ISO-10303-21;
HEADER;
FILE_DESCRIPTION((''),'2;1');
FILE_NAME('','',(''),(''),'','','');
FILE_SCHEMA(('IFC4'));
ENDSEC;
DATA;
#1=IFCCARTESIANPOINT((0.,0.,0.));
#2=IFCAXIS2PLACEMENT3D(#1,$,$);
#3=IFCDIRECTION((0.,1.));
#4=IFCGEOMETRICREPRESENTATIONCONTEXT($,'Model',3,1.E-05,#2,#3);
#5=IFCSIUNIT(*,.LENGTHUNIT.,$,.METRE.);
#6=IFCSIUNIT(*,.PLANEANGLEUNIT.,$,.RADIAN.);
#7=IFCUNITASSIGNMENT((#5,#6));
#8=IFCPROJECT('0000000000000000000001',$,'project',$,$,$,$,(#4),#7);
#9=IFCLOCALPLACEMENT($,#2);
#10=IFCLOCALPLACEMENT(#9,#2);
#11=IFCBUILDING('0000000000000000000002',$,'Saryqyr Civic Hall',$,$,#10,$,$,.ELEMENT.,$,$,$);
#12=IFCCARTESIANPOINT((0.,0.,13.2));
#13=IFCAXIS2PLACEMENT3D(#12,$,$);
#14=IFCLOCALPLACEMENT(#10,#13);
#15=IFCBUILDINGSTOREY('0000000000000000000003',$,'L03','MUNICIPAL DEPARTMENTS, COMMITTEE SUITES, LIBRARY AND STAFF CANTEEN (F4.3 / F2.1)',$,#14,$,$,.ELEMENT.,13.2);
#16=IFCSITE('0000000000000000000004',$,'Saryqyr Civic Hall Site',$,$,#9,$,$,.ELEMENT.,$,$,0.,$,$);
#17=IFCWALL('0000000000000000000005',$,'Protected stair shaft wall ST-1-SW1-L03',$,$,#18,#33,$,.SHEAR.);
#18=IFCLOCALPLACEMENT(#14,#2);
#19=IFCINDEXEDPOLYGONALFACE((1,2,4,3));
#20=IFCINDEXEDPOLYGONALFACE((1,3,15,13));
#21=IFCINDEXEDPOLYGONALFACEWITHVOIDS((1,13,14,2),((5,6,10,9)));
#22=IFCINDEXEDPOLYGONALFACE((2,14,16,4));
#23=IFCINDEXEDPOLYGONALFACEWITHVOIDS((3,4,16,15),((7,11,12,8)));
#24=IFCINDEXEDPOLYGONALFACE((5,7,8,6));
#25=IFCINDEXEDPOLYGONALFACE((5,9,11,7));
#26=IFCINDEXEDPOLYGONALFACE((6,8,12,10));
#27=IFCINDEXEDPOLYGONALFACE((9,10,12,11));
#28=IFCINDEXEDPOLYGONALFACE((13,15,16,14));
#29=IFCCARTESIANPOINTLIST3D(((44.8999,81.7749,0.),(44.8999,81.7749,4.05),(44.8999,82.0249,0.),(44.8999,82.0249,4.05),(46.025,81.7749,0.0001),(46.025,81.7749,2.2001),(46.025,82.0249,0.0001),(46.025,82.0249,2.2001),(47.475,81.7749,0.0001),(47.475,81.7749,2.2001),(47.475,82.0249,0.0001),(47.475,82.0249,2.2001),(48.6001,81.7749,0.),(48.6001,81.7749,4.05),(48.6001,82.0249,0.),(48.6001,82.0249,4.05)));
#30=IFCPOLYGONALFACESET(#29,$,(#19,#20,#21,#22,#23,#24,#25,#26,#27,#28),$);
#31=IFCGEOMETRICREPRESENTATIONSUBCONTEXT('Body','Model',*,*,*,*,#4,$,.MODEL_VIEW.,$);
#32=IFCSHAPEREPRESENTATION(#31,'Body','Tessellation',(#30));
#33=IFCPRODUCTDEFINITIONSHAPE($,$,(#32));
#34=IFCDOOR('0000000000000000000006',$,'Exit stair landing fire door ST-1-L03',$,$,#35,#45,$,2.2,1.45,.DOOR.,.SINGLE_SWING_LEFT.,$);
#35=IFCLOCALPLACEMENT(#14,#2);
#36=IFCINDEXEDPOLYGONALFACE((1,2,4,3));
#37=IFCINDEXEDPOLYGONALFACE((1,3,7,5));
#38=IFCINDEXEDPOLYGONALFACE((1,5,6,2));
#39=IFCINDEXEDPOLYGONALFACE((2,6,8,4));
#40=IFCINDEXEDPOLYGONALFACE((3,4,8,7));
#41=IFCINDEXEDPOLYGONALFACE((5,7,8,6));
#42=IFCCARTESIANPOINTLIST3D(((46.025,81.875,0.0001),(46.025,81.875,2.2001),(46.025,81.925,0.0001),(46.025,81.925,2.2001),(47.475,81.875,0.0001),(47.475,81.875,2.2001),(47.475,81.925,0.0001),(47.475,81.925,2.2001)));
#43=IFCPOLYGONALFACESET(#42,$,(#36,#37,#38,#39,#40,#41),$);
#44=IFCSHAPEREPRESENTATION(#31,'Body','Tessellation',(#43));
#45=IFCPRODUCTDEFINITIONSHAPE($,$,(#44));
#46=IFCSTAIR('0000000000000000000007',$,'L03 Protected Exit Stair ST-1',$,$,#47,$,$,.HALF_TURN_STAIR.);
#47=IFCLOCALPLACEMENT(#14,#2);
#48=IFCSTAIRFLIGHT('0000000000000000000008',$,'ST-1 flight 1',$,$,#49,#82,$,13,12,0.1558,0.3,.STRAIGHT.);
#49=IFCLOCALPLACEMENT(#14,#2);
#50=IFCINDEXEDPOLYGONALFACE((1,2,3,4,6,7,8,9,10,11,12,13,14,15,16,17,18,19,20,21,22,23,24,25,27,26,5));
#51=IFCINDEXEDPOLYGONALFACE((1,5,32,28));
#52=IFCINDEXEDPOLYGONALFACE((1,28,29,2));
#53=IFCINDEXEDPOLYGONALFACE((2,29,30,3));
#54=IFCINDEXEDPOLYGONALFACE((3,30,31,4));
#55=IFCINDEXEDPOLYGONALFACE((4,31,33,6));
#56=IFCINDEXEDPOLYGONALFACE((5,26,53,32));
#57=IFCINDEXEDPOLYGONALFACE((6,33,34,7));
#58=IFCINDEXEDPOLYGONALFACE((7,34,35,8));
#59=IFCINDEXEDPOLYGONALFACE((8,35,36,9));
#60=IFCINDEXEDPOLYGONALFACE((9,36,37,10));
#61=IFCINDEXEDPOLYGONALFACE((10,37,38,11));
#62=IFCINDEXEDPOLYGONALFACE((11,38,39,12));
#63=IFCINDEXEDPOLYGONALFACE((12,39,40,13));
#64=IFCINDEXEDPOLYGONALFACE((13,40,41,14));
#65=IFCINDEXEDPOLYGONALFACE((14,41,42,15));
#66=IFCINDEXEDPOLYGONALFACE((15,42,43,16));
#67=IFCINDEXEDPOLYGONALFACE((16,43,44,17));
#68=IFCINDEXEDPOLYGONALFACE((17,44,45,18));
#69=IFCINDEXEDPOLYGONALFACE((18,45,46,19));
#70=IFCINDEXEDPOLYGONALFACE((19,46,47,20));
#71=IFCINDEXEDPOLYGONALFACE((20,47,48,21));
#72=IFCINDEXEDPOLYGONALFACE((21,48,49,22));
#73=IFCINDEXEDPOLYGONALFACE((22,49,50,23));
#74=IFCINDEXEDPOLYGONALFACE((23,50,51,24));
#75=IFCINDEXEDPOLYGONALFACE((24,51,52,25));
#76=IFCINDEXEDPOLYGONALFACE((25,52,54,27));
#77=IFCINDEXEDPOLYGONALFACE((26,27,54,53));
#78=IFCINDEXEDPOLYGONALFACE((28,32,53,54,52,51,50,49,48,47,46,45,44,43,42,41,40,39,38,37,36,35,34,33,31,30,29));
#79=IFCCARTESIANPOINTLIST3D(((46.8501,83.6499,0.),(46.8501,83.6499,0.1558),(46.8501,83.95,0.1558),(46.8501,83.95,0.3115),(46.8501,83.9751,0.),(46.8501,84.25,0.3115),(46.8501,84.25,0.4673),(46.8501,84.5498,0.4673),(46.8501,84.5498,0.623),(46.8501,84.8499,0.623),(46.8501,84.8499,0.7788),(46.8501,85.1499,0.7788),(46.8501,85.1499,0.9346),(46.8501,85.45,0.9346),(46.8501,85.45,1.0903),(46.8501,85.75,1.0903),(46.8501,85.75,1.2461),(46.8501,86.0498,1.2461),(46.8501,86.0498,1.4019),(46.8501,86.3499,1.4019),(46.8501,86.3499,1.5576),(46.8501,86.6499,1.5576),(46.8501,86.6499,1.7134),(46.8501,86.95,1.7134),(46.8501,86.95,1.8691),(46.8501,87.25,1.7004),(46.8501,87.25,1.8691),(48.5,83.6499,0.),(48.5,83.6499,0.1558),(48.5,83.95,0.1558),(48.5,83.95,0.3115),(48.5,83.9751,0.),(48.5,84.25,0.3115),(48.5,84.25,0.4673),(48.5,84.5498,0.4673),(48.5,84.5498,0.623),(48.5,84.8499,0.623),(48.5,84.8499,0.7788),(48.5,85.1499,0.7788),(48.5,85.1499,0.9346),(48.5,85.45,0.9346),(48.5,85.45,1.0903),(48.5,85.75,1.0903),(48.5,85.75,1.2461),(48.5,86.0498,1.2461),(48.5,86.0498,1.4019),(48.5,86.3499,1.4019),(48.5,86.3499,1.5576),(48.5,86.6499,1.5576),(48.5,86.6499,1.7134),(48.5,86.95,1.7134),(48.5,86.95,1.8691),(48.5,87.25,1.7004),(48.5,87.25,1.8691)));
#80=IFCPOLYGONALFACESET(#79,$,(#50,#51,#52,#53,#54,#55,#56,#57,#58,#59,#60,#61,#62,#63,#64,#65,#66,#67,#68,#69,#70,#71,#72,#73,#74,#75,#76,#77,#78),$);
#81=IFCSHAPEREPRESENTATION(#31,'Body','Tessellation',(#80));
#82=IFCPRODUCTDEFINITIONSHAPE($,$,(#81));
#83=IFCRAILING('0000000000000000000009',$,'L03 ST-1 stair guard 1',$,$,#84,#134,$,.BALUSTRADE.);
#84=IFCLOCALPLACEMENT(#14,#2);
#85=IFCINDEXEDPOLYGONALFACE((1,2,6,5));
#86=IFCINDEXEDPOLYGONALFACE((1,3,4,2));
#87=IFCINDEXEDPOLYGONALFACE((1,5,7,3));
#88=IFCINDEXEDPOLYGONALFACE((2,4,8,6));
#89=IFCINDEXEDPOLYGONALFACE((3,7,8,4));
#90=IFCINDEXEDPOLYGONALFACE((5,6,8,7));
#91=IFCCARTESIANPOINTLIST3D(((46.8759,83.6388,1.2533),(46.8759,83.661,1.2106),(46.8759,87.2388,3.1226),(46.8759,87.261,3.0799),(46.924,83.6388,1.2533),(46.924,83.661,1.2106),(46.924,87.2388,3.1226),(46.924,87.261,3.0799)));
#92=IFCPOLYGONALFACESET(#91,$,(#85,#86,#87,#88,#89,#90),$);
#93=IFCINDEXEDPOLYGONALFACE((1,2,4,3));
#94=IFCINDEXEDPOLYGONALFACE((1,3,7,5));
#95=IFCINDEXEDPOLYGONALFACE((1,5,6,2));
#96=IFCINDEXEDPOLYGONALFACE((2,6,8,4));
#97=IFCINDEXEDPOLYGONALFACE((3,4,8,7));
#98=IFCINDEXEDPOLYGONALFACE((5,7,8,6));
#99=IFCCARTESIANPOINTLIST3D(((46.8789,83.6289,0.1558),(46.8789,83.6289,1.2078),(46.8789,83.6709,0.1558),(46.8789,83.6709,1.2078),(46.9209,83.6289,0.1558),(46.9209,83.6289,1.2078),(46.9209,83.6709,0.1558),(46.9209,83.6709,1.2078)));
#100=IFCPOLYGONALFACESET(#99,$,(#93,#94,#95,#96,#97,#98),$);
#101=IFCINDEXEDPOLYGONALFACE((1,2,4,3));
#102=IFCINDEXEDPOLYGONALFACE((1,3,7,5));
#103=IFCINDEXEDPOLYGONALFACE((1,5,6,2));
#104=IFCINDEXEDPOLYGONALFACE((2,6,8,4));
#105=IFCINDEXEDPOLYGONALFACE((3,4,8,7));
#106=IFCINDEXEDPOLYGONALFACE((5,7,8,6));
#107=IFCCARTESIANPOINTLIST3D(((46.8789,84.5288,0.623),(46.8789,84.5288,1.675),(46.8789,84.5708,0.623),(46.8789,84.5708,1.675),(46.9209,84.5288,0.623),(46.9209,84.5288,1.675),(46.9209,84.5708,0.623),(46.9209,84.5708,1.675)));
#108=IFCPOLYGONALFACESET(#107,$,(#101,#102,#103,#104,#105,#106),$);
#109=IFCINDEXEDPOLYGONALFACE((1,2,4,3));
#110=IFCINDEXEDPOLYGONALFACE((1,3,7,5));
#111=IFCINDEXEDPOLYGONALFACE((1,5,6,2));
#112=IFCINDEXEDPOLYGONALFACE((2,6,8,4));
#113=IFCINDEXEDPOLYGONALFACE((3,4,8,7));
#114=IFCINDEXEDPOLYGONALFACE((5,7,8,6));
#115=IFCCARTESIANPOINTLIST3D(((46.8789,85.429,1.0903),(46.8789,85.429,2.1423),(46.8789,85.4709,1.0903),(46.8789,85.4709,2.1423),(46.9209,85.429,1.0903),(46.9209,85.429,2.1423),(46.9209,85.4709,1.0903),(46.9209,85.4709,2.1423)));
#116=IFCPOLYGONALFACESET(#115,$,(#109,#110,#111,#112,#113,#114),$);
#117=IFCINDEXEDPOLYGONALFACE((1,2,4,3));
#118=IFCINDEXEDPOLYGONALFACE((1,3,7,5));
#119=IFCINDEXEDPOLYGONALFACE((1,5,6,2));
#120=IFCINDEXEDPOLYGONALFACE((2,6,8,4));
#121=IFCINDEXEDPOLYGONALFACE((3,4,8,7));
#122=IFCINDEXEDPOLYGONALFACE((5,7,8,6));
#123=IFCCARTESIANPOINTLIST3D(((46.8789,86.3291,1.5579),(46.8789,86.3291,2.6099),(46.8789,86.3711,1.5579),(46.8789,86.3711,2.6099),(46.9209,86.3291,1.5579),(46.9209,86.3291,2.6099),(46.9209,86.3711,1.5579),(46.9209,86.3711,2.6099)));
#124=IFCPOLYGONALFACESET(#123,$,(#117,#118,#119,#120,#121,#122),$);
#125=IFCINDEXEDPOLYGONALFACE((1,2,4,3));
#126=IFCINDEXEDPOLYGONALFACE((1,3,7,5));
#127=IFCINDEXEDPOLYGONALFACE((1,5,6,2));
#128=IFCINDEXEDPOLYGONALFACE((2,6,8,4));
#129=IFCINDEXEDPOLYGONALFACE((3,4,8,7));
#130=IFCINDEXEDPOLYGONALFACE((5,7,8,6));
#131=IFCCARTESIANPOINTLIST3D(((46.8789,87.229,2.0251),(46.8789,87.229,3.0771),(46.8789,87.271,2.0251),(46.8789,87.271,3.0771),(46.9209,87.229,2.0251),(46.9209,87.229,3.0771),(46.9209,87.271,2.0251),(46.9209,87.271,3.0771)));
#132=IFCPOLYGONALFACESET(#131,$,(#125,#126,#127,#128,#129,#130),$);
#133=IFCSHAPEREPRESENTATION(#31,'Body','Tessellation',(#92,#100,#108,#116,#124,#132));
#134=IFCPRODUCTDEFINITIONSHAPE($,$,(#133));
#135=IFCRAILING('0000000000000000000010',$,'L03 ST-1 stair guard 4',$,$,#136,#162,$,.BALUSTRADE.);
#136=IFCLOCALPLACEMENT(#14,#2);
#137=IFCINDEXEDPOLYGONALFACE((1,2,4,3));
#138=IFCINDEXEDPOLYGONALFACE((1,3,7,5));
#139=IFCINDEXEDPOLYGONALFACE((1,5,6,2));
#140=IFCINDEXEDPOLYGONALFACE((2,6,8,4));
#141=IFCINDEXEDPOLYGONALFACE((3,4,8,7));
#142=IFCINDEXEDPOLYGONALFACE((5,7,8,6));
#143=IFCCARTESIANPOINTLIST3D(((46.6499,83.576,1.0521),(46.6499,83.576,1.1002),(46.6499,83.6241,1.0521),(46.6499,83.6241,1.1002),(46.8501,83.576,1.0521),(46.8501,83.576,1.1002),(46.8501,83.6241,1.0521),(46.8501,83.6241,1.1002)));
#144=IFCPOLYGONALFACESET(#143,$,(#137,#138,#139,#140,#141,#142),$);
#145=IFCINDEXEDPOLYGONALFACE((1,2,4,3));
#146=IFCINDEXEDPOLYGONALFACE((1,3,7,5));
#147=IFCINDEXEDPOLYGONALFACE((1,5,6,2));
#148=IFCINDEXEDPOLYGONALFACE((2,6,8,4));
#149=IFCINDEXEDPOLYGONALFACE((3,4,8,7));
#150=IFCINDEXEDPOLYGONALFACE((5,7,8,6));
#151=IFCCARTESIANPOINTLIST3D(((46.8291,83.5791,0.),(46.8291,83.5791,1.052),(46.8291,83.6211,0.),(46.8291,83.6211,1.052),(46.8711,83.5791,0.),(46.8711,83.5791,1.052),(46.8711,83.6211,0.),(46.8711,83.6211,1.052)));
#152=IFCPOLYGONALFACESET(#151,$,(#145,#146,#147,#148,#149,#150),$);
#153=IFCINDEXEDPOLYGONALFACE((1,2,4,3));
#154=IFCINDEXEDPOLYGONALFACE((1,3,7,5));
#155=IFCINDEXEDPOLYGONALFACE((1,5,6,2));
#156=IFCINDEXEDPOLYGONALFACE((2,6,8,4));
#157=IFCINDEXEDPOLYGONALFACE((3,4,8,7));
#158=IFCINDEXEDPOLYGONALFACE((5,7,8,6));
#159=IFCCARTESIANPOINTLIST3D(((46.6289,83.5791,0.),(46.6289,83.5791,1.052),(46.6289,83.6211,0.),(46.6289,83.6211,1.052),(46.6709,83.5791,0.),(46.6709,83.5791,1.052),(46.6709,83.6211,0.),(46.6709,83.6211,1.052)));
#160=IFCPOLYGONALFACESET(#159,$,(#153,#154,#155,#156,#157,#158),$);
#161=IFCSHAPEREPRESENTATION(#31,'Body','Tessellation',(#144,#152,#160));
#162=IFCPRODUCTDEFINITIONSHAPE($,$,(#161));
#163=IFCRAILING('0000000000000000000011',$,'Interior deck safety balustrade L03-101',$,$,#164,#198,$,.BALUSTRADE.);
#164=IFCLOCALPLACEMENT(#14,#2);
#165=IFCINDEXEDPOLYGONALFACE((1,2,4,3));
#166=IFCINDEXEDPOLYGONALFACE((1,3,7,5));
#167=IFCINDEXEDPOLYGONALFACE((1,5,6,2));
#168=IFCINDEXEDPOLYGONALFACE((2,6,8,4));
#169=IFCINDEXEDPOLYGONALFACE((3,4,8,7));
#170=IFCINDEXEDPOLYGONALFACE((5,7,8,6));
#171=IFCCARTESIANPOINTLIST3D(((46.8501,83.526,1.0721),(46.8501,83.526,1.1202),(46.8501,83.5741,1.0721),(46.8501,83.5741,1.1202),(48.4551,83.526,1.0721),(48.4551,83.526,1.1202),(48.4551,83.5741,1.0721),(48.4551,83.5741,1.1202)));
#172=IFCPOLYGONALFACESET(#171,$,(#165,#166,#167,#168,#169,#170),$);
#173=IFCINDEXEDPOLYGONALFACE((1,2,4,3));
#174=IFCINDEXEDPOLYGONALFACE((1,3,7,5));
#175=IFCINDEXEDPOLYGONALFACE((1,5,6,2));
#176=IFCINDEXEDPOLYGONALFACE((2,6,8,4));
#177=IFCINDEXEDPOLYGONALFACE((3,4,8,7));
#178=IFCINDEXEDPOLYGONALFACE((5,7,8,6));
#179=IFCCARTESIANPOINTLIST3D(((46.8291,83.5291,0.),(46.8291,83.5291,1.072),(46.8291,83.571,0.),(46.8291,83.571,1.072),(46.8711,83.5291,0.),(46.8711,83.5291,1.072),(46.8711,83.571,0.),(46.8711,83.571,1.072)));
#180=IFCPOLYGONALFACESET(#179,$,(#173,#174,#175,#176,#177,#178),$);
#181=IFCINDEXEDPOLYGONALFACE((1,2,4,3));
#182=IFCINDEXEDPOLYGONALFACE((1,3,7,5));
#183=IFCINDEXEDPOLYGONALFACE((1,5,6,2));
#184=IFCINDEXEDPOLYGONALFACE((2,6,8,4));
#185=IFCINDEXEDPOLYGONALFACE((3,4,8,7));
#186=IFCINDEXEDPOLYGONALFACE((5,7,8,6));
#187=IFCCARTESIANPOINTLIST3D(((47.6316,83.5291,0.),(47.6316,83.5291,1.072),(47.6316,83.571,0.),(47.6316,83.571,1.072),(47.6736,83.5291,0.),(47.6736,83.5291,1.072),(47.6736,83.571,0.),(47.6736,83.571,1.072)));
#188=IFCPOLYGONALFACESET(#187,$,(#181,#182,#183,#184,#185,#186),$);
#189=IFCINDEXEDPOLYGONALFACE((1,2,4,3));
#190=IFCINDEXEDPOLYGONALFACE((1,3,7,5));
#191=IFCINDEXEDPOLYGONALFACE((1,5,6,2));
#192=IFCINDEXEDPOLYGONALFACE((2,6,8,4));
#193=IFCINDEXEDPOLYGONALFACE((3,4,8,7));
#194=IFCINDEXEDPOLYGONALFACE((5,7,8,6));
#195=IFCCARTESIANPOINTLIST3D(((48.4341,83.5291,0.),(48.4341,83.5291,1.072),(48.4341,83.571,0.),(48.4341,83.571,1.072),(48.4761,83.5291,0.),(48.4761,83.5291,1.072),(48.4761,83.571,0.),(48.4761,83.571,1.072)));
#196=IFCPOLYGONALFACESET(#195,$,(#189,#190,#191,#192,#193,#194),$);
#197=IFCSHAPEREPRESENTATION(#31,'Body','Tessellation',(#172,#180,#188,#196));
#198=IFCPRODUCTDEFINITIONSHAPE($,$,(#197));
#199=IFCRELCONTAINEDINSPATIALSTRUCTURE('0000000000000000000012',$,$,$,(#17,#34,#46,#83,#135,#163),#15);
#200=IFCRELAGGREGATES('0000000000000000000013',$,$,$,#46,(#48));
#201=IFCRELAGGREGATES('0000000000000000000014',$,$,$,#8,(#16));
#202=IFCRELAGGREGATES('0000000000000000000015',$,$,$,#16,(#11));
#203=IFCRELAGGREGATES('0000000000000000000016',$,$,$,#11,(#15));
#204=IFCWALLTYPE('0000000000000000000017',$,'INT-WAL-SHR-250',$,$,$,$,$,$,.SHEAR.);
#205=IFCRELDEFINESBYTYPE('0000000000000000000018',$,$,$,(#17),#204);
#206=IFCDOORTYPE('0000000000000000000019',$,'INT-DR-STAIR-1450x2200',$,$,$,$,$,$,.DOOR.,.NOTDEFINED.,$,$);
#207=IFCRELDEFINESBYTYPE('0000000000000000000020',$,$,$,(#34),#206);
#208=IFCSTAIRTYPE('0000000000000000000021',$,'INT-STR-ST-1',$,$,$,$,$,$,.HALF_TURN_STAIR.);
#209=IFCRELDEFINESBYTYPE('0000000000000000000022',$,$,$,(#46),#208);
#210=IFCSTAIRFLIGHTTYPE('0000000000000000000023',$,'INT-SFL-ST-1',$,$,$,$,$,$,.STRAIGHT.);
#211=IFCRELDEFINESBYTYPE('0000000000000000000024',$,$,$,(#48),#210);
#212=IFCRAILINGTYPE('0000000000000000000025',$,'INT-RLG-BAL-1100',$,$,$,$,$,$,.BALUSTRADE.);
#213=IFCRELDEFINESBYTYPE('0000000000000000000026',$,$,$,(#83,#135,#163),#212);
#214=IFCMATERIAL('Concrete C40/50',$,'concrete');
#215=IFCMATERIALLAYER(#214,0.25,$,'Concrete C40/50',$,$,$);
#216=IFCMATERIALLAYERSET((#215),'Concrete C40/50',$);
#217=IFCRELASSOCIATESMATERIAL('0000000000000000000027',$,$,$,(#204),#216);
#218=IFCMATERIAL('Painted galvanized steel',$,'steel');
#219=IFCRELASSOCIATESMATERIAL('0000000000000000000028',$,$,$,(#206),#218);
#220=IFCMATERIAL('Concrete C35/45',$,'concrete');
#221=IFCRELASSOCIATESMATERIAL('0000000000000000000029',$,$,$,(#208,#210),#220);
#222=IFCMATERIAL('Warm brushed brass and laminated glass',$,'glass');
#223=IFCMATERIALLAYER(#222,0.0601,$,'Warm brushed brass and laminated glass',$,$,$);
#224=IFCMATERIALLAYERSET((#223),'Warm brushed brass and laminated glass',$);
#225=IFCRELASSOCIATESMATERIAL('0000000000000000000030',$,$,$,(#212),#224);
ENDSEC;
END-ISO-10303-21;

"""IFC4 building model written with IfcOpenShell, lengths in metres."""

from ifc_helpers import new_model, si_unit, direction, frame, frame_2d, origin, origin_2d, place, context, subcontext, project, spatial, polyline, rectangle, outline, extrude, material, layer, layer_set, type_object, element, fill, aggregate, save


model = new_model("IFC4")

# Units and contexts
model_context = context("Model", 3, precision=1e-05, world=origin(), true_north=direction((0.0, 1.0)))
body_context = subcontext(model_context, "Body", "Model", "MODEL_VIEW")
ifc_project = project(units=[si_unit("LENGTHUNIT", "METRE"), si_unit("PLANEANGLEUNIT", "RADIAN")], contexts=[model_context])

# Site, building, storey
site_placement = place(None, origin())
site = spatial("IfcSite", under=ifc_project, at=site_placement, Name="Saryqyr Civic Hall Site", CompositionType="ELEMENT", RefElevation=0.0)
building_placement = place(site_placement, origin())
building = spatial("IfcBuilding", under=site, at=building_placement, Name="Saryqyr Civic Hall", CompositionType="ELEMENT")
storey_placement = place(building_placement, frame((0.0, 0.0, 13.2)))
storey = spatial("IfcBuildingStorey", under=building, at=storey_placement, Name="L03", Description="MUNICIPAL DEPARTMENTS, COMMITTEE SUITES, LIBRARY AND STAFF CANTEEN (F4.3 / F2.1)", CompositionType="ELEMENT", Elevation=13.2)

# Shared definitions
ifc_material_1 = material(Name="Concrete C40/50", Category="concrete")

# Shared definitions
ifc_material_2 = material(Name="Painted galvanized steel", Category="steel")

# Wall, opening, door
ifc_layer_1 = layer(ifc_material_1, 0.25, Name="Concrete C40/50")
ifc_layer_set_1 = layer_set([ifc_layer_1], Name="Concrete C40/50")
wall_type_1 = type_object("IfcWallType", Name="INT-WAL-SHR-250", PredefinedType="SHEAR", material=ifc_layer_set_1)
wall_1_placement = place(storey_placement, frame((48.6001, 81.8999, 0.0), z_axis=(0.0, 0.0, 1.0), x_axis=(-1.0, 0.0, 0.0)))
wall_1 = element("IfcWall", 1, at=wall_1_placement, inside=storey, type_object=wall_type_1, Name="Protected stair shaft wall ST-1-SW1-L03", PredefinedType="SHEAR", context=body_context, shape_type="SweptSolid", body=[
    extrude(rectangle(XDim=3.7002, YDim=0.25, at=frame_2d((1.8501, 0.0))), origin(), (0.0, 0.0, 1.0), 4.05),
])
opening_1_placement = place(wall_1_placement, frame((1.125, 0.0, 0.0)))
opening_1 = element("IfcOpeningElement", 2, at=opening_1_placement, cuts=wall_1, PredefinedType="OPENING", context=body_context, shape_type="SweptSolid", body=[
    extrude(rectangle(XDim=1.45, YDim=2.2, at=frame_2d((0.7251, 1.1001))), frame((0.0, 0.135, 0.0), z_axis=(0.0, -1.0, 0.0), x_axis=(1.0, 0.0, 0.0)), (0.0, 0.0, 1.0), 0.27),
])
door_type_1 = type_object("IfcDoorType", Name="INT-DR-STAIR-1450x2200", OperationType="NOTDEFINED", PredefinedType="DOOR", material=ifc_material_2)
door_1_placement = place(opening_1_placement, origin())
door_1 = element("IfcDoor", 3, at=door_1_placement, inside=storey, type_object=door_type_1, Name="Exit stair landing fire door ST-1-L03", OperationType="SINGLE_SWING_LEFT", OverallHeight=2.2, OverallWidth=1.45, PredefinedType="DOOR", context=body_context, shape_type="SweptSolid", body=[
    extrude(rectangle(XDim=1.45, YDim=2.2, at=frame_2d((0.7251, 1.1001))), frame((0.0, 0.0249, 0.0), z_axis=(0.0, -1.0, 0.0), x_axis=(1.0, 0.0, 0.0)), (0.0, 0.0, 1.0), 0.05),
])
fill(opening_1, door_1)

# Stair, stair flight
ifc_material_3 = material(Name="Concrete C35/45", Category="concrete")
stair_type = type_object("IfcStairType", Name="INT-STR-ST-1", PredefinedType="HALF_TURN_STAIR", material=ifc_material_3)
stair_placement = place(storey_placement, origin())
stair = element("IfcStair", 4, at=stair_placement, inside=storey, type_object=stair_type, Name="L03 Protected Exit Stair ST-1", PredefinedType="HALF_TURN_STAIR")
stair_flight_type = type_object("IfcStairFlightType", Name="INT-SFL-ST-1", PredefinedType="STRAIGHT", material=ifc_material_3)
stair_flight_placement = place(storey_placement, frame((47.675, 83.6499, 0.0), z_axis=(0.0, 0.0, 1.0), x_axis=(0.0, 1.0, 0.0)))
stair_flight = element("IfcStairFlight", 5, at=stair_flight_placement, type_object=stair_flight_type, Name="ST-1 flight 1", NumberOfRisers=13, NumberOfTreads=12, PredefinedType="STRAIGHT", RiserHeight=0.1558, TreadLength=0.3, context=body_context, shape_type="SweptSolid", body=[
    extrude(outline(polyline([(0.0, 0.0), (0.0, 0.1558), (0.3, 0.1558), (0.3, 0.3115), (0.6001, 0.3115), (0.6001, 0.4673), (0.8999, 0.4673), (0.8999, 0.623), (1.2, 0.623), (1.2, 0.7788), (1.5, 0.7788), (1.5, 0.9346), (1.8, 0.9346), (1.8, 1.0903), (2.1001, 1.0903), (2.1001, 1.2461), (2.3999, 1.2461), (2.3999, 1.4019), (2.7, 1.4019), (2.7, 1.5576), (3.0, 1.5576), (3.0, 1.7134), (3.3, 1.7134), (3.3, 1.8691), (3.6001, 1.8691), (3.6001, 2.0249), (3.6001, 1.7004), (0.3252, 0.0), (0.0, 0.0)])), frame((0.0, 0.825, 0.0), z_axis=(0.0, -1.0, 0.0), x_axis=(1.0, 0.0, 0.0)), (0.0, 0.0, 1.0), 1.6499),
])
aggregate(stair, [stair_flight])

# Railings
ifc_material_4 = material(Name="Warm brushed brass and laminated glass", Category="glass")
ifc_layer_2 = layer(ifc_material_4, 0.0601, Name="Warm brushed brass and laminated glass")
ifc_layer_set_2 = layer_set([ifc_layer_2], Name="Warm brushed brass and laminated glass")
railing_type_1 = type_object("IfcRailingType", Name="INT-RLG-BAL-1100", PredefinedType="BALUSTRADE", material=ifc_layer_set_2)
railing_1_placement = place(storey_placement, frame((46.8999, 83.6499, 0.1558)))
element("IfcRailing", 6, at=railing_1_placement, inside=storey, type_object=railing_type_1, Name="L03 ST-1 stair guard 1", PredefinedType="BALUSTRADE", context=body_context, shape_type="SweptSolid", body=[
    extrude(rectangle(XDim=0.0481, YDim=0.0481, at=origin_2d()), frame((0.0, 0.0, 1.0762), z_axis=(0.0, 0.887486, 0.460835), x_axis=(-1.0, 0.0, 0.0)), (0.0, 0.0, 1.0), 4.0564),
    extrude(rectangle(XDim=0.042, YDim=0.042, at=origin_2d()), origin(), (0.0, 0.0, 1.0), 1.052),
    extrude(rectangle(XDim=0.042, YDim=0.042, at=origin_2d()), frame((0.0, 0.8999, 0.4673)), (0.0, 0.0, 1.0), 1.052),
    extrude(rectangle(XDim=0.042, YDim=0.042, at=origin_2d()), frame((0.0, 1.8, 0.9346)), (0.0, 0.0, 1.0), 1.052),
    extrude(rectangle(XDim=0.042, YDim=0.042, at=origin_2d()), frame((0.0, 2.7002, 1.4021)), (0.0, 0.0, 1.0), 1.052),
    extrude(rectangle(XDim=0.042, YDim=0.042, at=origin_2d()), frame((0.0, 3.6001, 1.8694)), (0.0, 0.0, 1.0), 1.052),
])
railing_2_placement = place(storey_placement, frame((46.8501, 83.6001, 0.0)))
element("IfcRailing", 7, at=railing_2_placement, inside=storey, type_object=railing_type_1, Name="L03 ST-1 stair guard 4", PredefinedType="BALUSTRADE", context=body_context, shape_type="SweptSolid", body=[
    extrude(rectangle(XDim=0.0481, YDim=0.0481, at=origin_2d()), frame((0.0, 0.0, 1.0762), z_axis=(-1.0, 0.0, 0.0), x_axis=(0.0, -1.0, 0.0)), (0.0, 0.0, 1.0), 0.2002),
    extrude(rectangle(XDim=0.042, YDim=0.042, at=origin_2d()), origin(), (0.0, 0.0, 1.0), 1.052),
    extrude(rectangle(XDim=0.042, YDim=0.042, at=origin_2d()), frame((-0.2002, 0.0, 0.0)), (0.0, 0.0, 1.0), 1.052),
])
railing_3_placement = place(storey_placement, frame((46.8501, 83.55, 0.0)))
element("IfcRailing", 8, at=railing_3_placement, inside=storey, type_object=railing_type_1, Name="Interior deck safety balustrade L03-101", PredefinedType="BALUSTRADE", context=body_context, shape_type="SweptSolid", body=[
    extrude(rectangle(XDim=0.0481, YDim=0.0481, at=origin_2d()), frame((0.0, 0.0, 1.0962), z_axis=(1.0, 0.0, 0.0), x_axis=(0.0, 1.0, 0.0)), (0.0, 0.0, 1.0), 1.605),
    extrude(rectangle(XDim=0.042, YDim=0.042, at=origin_2d()), origin(), (0.0, 0.0, 1.0), 1.072),
    extrude(rectangle(XDim=0.042, YDim=0.042, at=origin_2d()), frame((0.8025, 0.0, 0.0)), (0.0, 0.0, 1.0), 1.072),
    extrude(rectangle(XDim=0.042, YDim=0.042, at=origin_2d()), frame((1.605, 0.0, 0.0)), (0.0, 0.0, 1.0), 1.072),
])

save(model, "model.ifc")
